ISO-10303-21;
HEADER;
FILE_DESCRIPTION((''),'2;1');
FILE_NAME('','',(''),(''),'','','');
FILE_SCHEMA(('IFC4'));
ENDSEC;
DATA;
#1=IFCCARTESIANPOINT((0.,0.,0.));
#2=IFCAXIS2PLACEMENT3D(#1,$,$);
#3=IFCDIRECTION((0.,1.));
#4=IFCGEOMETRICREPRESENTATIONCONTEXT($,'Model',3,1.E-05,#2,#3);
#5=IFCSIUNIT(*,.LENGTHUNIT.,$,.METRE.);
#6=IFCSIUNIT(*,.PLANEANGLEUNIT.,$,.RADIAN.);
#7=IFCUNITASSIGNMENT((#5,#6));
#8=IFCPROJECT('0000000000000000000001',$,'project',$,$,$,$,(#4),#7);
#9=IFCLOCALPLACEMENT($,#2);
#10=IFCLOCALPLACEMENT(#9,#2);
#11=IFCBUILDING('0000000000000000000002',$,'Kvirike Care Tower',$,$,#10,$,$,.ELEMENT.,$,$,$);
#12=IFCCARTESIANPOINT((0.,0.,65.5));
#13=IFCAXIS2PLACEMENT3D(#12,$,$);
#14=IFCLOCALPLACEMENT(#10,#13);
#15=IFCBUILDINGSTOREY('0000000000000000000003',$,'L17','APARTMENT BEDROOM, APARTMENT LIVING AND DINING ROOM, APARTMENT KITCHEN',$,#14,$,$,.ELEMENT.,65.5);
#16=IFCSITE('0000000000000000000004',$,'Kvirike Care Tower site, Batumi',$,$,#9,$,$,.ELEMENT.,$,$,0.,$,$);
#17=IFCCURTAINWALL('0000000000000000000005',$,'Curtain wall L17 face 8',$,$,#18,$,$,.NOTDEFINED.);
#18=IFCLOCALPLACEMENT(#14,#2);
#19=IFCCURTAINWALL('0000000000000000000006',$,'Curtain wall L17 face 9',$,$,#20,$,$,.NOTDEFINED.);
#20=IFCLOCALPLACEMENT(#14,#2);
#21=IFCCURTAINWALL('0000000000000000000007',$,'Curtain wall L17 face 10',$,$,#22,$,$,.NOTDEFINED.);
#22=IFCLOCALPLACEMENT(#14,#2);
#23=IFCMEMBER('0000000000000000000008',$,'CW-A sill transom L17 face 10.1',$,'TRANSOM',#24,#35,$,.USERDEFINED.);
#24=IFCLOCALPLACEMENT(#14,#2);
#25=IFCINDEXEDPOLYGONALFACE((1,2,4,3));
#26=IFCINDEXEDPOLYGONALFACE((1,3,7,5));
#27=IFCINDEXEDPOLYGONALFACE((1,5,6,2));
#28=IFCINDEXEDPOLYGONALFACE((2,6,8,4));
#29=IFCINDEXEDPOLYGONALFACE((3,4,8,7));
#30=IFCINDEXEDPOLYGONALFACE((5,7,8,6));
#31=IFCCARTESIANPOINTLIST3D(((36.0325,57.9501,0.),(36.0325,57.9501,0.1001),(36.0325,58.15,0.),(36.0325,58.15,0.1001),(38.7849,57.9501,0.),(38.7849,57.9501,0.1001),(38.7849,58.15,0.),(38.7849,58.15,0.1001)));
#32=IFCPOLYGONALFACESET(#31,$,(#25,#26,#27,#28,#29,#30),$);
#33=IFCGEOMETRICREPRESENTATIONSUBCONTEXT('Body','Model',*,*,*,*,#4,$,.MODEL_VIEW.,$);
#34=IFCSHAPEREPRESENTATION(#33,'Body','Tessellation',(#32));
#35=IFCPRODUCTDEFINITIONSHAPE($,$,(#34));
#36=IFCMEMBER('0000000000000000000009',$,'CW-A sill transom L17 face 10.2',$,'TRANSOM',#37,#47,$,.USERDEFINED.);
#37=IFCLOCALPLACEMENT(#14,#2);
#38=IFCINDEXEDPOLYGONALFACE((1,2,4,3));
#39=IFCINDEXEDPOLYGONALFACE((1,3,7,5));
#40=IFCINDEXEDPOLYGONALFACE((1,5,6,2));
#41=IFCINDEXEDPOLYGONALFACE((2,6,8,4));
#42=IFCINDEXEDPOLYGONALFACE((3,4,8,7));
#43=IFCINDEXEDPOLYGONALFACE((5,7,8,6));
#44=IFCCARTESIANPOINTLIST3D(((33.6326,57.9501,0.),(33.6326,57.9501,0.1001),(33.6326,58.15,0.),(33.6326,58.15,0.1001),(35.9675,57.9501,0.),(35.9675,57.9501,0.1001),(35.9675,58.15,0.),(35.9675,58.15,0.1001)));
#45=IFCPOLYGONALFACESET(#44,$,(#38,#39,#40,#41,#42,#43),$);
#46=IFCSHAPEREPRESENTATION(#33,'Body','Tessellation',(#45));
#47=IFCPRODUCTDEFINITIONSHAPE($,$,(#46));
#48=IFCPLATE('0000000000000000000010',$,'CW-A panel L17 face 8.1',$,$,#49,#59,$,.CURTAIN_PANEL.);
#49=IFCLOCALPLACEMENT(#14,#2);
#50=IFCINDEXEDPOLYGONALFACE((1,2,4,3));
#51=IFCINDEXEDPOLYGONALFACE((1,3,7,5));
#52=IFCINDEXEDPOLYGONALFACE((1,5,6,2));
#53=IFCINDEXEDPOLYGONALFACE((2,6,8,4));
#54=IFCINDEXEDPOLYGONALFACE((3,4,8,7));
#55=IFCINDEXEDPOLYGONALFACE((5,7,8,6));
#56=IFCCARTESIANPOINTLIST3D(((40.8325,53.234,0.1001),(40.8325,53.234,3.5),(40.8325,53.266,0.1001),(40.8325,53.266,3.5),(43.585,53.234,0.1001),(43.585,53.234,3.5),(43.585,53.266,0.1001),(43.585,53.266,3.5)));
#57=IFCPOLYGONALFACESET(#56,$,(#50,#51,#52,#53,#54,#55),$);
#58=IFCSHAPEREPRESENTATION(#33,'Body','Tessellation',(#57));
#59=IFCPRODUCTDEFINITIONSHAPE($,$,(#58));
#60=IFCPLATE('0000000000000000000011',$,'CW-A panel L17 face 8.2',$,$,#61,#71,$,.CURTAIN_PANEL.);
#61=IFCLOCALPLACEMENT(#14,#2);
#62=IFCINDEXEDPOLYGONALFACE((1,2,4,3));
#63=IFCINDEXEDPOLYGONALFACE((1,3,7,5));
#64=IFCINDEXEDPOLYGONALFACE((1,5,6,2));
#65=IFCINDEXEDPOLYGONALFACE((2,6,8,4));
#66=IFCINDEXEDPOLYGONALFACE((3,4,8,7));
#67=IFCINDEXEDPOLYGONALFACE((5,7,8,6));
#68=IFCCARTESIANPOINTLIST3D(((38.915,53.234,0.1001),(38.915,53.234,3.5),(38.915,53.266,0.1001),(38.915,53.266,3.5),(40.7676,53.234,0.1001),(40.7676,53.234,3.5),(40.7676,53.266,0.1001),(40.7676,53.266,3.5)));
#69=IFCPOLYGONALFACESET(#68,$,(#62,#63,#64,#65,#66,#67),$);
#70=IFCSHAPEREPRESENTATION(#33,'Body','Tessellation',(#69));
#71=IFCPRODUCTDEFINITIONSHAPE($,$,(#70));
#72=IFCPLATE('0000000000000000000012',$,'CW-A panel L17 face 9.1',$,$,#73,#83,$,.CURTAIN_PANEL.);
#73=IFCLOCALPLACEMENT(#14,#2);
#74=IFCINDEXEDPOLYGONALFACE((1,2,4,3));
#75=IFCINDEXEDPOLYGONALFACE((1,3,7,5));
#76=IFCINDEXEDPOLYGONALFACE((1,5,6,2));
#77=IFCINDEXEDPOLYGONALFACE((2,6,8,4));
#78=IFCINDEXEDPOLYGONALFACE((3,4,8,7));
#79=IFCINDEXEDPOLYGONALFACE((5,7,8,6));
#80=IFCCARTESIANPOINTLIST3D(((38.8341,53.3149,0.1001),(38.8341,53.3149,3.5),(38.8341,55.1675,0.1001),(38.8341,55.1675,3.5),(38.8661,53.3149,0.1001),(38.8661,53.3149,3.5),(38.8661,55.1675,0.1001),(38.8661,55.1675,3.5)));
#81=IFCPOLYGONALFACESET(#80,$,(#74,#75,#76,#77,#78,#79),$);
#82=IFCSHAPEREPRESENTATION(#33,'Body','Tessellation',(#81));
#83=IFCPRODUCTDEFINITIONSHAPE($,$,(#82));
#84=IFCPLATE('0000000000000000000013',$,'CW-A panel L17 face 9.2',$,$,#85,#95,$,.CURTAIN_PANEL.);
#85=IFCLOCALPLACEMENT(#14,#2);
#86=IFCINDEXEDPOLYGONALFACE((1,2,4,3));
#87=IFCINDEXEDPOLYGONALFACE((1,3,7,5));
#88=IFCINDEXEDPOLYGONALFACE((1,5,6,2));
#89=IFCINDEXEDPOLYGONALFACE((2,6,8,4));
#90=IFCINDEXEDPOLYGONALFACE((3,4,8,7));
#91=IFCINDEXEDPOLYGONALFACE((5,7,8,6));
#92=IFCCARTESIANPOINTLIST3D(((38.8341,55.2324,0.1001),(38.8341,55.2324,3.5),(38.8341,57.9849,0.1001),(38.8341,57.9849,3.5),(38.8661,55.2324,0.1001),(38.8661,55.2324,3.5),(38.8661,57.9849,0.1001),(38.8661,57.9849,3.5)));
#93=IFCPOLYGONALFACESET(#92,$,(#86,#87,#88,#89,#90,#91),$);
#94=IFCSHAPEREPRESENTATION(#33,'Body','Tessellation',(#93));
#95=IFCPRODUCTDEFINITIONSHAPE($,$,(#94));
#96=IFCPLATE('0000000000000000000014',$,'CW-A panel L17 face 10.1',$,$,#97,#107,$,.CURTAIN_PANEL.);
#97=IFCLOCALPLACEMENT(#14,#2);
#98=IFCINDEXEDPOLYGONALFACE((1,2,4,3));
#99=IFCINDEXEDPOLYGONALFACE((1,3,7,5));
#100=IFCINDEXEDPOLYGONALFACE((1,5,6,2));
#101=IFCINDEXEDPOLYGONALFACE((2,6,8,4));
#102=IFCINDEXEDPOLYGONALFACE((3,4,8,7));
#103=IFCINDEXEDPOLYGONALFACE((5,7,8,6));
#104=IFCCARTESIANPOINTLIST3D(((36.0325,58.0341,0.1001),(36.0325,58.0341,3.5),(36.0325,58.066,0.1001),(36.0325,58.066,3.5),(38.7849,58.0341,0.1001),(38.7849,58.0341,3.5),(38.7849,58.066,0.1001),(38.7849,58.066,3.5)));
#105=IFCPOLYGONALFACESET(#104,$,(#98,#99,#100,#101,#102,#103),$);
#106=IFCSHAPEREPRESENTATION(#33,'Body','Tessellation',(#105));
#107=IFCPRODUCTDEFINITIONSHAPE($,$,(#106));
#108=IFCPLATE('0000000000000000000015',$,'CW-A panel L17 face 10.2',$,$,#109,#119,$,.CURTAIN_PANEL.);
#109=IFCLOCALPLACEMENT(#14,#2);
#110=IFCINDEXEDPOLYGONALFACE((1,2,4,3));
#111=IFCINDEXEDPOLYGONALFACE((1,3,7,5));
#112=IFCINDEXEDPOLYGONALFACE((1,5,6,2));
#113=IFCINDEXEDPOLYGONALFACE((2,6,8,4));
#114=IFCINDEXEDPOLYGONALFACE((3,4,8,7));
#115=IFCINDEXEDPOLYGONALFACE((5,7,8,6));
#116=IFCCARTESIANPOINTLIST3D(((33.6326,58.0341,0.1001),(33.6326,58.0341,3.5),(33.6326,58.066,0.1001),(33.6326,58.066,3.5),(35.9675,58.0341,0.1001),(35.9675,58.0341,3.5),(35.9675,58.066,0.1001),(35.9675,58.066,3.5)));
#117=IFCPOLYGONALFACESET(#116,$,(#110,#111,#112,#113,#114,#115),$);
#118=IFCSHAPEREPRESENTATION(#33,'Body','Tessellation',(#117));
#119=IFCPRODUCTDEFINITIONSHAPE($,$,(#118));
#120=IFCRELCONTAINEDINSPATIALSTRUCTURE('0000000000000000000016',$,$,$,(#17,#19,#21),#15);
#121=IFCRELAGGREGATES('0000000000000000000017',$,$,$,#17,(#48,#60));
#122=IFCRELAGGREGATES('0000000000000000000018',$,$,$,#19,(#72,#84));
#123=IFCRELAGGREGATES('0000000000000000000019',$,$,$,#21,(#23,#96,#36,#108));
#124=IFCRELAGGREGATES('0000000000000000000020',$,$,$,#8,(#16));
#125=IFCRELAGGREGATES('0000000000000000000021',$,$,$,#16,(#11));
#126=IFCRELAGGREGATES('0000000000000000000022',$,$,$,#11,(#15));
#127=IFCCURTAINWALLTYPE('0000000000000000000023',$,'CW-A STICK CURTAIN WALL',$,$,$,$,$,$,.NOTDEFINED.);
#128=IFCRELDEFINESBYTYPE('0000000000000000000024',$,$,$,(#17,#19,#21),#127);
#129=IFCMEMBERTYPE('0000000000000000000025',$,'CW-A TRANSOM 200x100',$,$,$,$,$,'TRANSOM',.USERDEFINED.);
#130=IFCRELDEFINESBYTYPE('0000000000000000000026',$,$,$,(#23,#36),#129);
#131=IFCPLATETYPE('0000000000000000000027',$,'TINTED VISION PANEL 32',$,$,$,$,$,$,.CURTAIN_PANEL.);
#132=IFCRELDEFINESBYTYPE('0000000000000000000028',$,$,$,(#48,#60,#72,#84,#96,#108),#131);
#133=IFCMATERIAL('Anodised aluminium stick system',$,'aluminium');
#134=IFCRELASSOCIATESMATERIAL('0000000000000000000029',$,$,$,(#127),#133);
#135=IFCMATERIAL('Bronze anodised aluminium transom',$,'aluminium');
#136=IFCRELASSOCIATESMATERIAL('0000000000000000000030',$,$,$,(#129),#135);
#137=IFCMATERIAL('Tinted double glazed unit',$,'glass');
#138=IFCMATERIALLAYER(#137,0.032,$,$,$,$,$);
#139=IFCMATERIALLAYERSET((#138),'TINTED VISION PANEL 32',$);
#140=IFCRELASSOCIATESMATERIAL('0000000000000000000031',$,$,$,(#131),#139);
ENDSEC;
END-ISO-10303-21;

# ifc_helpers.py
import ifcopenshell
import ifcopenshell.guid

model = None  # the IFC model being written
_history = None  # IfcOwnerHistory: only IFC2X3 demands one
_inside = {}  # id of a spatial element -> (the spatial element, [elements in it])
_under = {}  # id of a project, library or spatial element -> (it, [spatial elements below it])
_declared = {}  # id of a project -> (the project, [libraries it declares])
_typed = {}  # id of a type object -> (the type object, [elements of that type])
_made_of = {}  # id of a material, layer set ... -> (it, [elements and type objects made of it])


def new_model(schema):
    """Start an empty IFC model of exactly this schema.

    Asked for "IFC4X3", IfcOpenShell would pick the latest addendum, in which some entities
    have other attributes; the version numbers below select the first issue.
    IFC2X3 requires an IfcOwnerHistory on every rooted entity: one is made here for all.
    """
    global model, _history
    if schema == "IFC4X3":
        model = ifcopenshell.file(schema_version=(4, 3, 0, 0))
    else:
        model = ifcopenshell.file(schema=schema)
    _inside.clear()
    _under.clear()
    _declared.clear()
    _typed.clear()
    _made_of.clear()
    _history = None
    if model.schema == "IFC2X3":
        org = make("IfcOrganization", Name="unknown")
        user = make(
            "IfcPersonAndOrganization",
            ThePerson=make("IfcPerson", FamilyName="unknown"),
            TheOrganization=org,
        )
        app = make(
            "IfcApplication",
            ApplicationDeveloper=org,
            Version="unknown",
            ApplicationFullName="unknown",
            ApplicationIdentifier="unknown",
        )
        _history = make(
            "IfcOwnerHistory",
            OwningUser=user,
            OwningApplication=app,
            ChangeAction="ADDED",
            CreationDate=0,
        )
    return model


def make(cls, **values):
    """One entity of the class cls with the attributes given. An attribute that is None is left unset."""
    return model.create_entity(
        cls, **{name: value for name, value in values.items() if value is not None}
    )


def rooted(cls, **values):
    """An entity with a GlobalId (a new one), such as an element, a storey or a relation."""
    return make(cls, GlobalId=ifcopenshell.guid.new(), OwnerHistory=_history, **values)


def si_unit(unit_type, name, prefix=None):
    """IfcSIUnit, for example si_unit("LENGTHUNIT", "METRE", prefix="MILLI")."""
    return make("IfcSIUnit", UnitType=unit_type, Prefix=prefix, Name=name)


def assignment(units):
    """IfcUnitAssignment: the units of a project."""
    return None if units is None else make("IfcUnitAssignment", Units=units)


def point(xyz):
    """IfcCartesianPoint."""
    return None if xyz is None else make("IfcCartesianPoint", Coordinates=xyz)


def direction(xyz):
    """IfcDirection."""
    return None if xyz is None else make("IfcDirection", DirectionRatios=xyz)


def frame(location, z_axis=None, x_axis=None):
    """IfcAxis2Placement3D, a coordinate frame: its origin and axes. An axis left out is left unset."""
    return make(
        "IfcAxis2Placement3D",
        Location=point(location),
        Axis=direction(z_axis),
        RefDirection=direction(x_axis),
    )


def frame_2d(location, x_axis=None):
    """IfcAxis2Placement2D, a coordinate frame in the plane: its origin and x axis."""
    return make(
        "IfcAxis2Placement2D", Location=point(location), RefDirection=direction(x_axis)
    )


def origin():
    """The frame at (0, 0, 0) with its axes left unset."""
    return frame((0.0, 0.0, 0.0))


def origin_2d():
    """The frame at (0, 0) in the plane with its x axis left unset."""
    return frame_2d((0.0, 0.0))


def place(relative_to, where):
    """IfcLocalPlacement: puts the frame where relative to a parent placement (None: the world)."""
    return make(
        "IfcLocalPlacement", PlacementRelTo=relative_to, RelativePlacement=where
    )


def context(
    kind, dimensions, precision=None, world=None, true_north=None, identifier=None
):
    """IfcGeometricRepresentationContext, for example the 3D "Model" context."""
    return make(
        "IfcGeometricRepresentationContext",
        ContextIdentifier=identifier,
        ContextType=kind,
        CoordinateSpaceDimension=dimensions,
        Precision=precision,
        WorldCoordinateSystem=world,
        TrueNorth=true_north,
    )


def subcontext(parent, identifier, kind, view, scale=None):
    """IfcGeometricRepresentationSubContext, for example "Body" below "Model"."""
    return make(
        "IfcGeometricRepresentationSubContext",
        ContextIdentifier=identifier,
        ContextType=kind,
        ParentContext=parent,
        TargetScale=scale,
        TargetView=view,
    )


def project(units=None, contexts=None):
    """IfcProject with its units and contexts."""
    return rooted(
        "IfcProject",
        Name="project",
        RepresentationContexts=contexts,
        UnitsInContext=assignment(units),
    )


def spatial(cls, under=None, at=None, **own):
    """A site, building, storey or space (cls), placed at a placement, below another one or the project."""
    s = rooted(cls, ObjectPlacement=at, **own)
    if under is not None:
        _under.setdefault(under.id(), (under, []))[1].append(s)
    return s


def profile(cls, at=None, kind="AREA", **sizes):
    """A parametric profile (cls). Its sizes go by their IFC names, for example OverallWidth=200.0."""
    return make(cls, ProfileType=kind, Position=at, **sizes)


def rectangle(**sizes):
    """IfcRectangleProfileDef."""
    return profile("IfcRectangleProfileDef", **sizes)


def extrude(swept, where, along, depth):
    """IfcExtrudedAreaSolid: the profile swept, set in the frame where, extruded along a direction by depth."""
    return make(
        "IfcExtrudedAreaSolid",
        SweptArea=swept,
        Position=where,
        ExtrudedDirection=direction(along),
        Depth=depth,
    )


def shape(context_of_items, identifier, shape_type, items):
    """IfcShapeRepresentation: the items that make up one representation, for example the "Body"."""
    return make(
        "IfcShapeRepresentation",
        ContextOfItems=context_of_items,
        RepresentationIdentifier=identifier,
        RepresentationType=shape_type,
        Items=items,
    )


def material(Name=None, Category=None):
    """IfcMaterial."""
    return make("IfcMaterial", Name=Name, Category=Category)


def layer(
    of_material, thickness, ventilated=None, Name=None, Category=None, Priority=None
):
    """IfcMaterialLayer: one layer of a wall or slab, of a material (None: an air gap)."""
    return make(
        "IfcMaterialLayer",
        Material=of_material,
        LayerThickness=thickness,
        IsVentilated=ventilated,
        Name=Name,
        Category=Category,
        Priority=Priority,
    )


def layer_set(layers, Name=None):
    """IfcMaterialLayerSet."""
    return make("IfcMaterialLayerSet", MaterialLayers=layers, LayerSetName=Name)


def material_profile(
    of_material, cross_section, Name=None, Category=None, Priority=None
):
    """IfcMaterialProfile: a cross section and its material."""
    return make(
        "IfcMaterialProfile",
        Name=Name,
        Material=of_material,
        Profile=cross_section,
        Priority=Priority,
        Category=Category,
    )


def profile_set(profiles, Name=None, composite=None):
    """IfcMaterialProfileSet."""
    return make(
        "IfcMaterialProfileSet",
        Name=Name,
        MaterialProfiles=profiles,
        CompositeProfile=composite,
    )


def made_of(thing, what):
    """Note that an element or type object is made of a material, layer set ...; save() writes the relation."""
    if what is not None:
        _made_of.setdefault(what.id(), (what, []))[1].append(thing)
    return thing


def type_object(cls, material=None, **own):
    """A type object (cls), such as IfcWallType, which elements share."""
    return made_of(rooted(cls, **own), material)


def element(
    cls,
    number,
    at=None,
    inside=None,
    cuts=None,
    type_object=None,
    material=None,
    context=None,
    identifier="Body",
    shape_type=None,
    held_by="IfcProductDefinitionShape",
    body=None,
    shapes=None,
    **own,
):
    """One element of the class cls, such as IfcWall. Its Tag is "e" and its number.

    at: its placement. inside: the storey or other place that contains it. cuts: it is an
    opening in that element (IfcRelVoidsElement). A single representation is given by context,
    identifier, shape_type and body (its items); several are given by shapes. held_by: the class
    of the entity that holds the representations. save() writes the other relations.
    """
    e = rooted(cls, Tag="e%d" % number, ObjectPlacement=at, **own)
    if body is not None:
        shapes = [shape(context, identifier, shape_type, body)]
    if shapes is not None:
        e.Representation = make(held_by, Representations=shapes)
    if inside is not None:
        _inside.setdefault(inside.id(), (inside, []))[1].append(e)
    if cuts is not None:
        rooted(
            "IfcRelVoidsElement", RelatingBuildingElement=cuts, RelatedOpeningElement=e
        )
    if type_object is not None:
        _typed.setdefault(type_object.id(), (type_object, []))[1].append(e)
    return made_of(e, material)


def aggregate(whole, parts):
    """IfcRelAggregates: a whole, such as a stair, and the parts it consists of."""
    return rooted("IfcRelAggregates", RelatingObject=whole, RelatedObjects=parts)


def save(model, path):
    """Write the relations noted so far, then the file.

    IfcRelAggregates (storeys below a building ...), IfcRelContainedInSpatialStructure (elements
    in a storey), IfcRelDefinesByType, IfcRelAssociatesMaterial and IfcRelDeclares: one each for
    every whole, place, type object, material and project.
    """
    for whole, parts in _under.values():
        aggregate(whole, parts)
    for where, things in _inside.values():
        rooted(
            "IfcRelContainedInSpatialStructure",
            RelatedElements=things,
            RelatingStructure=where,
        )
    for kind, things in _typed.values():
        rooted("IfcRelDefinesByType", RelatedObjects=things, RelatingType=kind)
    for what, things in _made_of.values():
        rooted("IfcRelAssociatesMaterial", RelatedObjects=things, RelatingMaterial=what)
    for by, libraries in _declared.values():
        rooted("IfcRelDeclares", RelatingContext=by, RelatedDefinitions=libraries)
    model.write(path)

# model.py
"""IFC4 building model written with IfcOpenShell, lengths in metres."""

from ifc_helpers import new_model, si_unit, direction, frame, origin, origin_2d, place, context, subcontext, project, spatial, rectangle, extrude, material, layer, layer_set, material_profile, profile_set, type_object, element, aggregate, save


model = new_model("IFC4")

# Units and contexts
model_context = context("Model", 3, precision=1e-05, world=origin(), true_north=direction((0.0, 1.0)))
body_context = subcontext(model_context, "Body", "Model", "MODEL_VIEW")
ifc_project = project(units=[si_unit("LENGTHUNIT", "METRE"), si_unit("PLANEANGLEUNIT", "RADIAN")], contexts=[model_context])

# Site, building, storey
site_placement = place(None, origin())
site = spatial("IfcSite", under=ifc_project, at=site_placement, Name="Kvirike Care Tower site, Batumi", CompositionType="ELEMENT", RefElevation=0.0)
building_placement = place(site_placement, origin())
building = spatial("IfcBuilding", under=site, at=building_placement, Name="Kvirike Care Tower", CompositionType="ELEMENT")
storey_placement = place(building_placement, frame((0.0, 0.0, 65.5)))
storey = spatial("IfcBuildingStorey", under=building, at=storey_placement, Name="L17", Description="APARTMENT BEDROOM, APARTMENT LIVING AND DINING ROOM, APARTMENT KITCHEN", CompositionType="ELEMENT", Elevation=65.5)

# Shared definitions
ifc_material_1 = material(Name="Anodised aluminium stick system", Category="aluminium")
curtain_wall_type = type_object("IfcCurtainWallType", Name="CW-A STICK CURTAIN WALL", PredefinedType="NOTDEFINED", material=ifc_material_1)

# Curtain walls
curtain_wall_1_placement = place(storey_placement, origin())
curtain_wall_1 = element("IfcCurtainWall", 1, at=curtain_wall_1_placement, inside=storey, type_object=curtain_wall_type, Name="Curtain wall L17 face 8", PredefinedType="NOTDEFINED")
curtain_wall_2_placement = place(storey_placement, origin())
curtain_wall_2 = element("IfcCurtainWall", 2, at=curtain_wall_2_placement, inside=storey, type_object=curtain_wall_type, Name="Curtain wall L17 face 9", PredefinedType="NOTDEFINED")
curtain_wall_3_placement = place(storey_placement, origin())
curtain_wall_3 = element("IfcCurtainWall", 3, at=curtain_wall_3_placement, inside=storey, type_object=curtain_wall_type, Name="Curtain wall L17 face 10", PredefinedType="NOTDEFINED")

# Members
ifc_material_2 = material(Name="Bronze anodised aluminium transom", Category="aluminium")
ifc_material_profile_1 = material_profile(ifc_material_2, rectangle(XDim=0.2, YDim=0.1001, at=origin_2d()), Name="CW-A TRANSOM 200x100")
ifc_profile_set_1 = profile_set([ifc_material_profile_1], Name="Bronze anodised aluminium transom")
member_type_1 = type_object("IfcMemberType", Name="CW-A TRANSOM 200x100", ElementType="TRANSOM", PredefinedType="USERDEFINED", material=ifc_profile_set_1)
member_1_placement = place(storey_placement, frame((38.7849, 58.05, 0.05), z_axis=(-1.0, 0.0, 0.0), x_axis=(0.0, -1.0, 0.0)))
member_1 = element("IfcMember", 4, at=member_1_placement, type_object=member_type_1, Name="CW-A sill transom L17 face 10.1", ObjectType="TRANSOM", PredefinedType="USERDEFINED", context=body_context, shape_type="SweptSolid", body=[
    extrude(rectangle(XDim=0.2, YDim=0.1001, at=origin_2d()), origin(), (0.0, 0.0, 1.0), 2.7524),
])
member_2_placement = place(storey_placement, frame((35.9675, 58.05, 0.05), z_axis=(-1.0, 0.0, 0.0), x_axis=(0.0, -1.0, 0.0)))
member_2 = element("IfcMember", 5, at=member_2_placement, type_object=member_type_1, Name="CW-A sill transom L17 face 10.2", ObjectType="TRANSOM", PredefinedType="USERDEFINED", context=body_context, shape_type="SweptSolid", body=[
    extrude(rectangle(XDim=0.2, YDim=0.1001, at=origin_2d()), origin(), (0.0, 0.0, 1.0), 2.335),
])

# Plates
ifc_material_3 = material(Name="Tinted double glazed unit", Category="glass")
ifc_layer = layer(ifc_material_3, 0.032)
ifc_layer_set = layer_set([ifc_layer], Name="TINTED VISION PANEL 32")
plate_type = type_object("IfcPlateType", Name="TINTED VISION PANEL 32", PredefinedType="CURTAIN_PANEL", material=ifc_layer_set)
plate_1_placement = place(storey_placement, frame((42.2087, 53.25, 0.1001), z_axis=(0.0, 0.0, 1.0), x_axis=(-1.0, 0.0, 0.0)))
plate_1 = element("IfcPlate", 6, at=plate_1_placement, type_object=plate_type, Name="CW-A panel L17 face 8.1", PredefinedType="CURTAIN_PANEL", context=body_context, shape_type="SweptSolid", body=[
    extrude(rectangle(XDim=2.7524, YDim=0.032, at=origin_2d()), origin(), (0.0, 0.0, 1.0), 3.3999),
])
plate_2_placement = place(storey_placement, frame((39.8413, 53.25, 0.1001), z_axis=(0.0, 0.0, 1.0), x_axis=(-1.0, 0.0, 0.0)))
plate_2 = element("IfcPlate", 7, at=plate_2_placement, type_object=plate_type, Name="CW-A panel L17 face 8.2", PredefinedType="CURTAIN_PANEL", context=body_context, shape_type="SweptSolid", body=[
    extrude(rectangle(XDim=1.8525, YDim=0.032, at=origin_2d()), origin(), (0.0, 0.0, 1.0), 3.3999),
])
aggregate(curtain_wall_1, [plate_1, plate_2])
plate_3_placement = place(storey_placement, frame((38.8501, 54.2412, 0.1001), z_axis=(0.0, 0.0, 1.0), x_axis=(0.0, 1.0, 0.0)))
plate_3 = element("IfcPlate", 8, at=plate_3_placement, type_object=plate_type, Name="CW-A panel L17 face 9.1", PredefinedType="CURTAIN_PANEL", context=body_context, shape_type="SweptSolid", body=[
    extrude(rectangle(XDim=1.8525, YDim=0.032, at=origin_2d()), origin(), (0.0, 0.0, 1.0), 3.3999),
])
plate_4_placement = place(storey_placement, frame((38.8501, 56.6086, 0.1001), z_axis=(0.0, 0.0, 1.0), x_axis=(0.0, 1.0, 0.0)))
plate_4 = element("IfcPlate", 9, at=plate_4_placement, type_object=plate_type, Name="CW-A panel L17 face 9.2", PredefinedType="CURTAIN_PANEL", context=body_context, shape_type="SweptSolid", body=[
    extrude(rectangle(XDim=2.7524, YDim=0.032, at=origin_2d()), origin(), (0.0, 0.0, 1.0), 3.3999),
])
aggregate(curtain_wall_2, [plate_3, plate_4])
plate_5_placement = place(storey_placement, frame((37.4087, 58.05, 0.1001), z_axis=(0.0, 0.0, 1.0), x_axis=(-1.0, 0.0, 0.0)))
plate_5 = element("IfcPlate", 10, at=plate_5_placement, type_object=plate_type, Name="CW-A panel L17 face 10.1", PredefinedType="CURTAIN_PANEL", context=body_context, shape_type="SweptSolid", body=[
    extrude(rectangle(XDim=2.7524, YDim=0.032, at=origin_2d()), origin(), (0.0, 0.0, 1.0), 3.3999),
])
plate_6_placement = place(storey_placement, frame((34.8, 58.05, 0.1001), z_axis=(0.0, 0.0, 1.0), x_axis=(-1.0, 0.0, 0.0)))
plate_6 = element("IfcPlate", 11, at=plate_6_placement, type_object=plate_type, Name="CW-A panel L17 face 10.2", PredefinedType="CURTAIN_PANEL", context=body_context, shape_type="SweptSolid", body=[
    extrude(rectangle(XDim=2.335, YDim=0.032, at=origin_2d()), origin(), (0.0, 0.0, 1.0), 3.3999),
])
aggregate(curtain_wall_3, [member_1, plate_5, member_2, plate_6])

save(model, "model.ifc")
